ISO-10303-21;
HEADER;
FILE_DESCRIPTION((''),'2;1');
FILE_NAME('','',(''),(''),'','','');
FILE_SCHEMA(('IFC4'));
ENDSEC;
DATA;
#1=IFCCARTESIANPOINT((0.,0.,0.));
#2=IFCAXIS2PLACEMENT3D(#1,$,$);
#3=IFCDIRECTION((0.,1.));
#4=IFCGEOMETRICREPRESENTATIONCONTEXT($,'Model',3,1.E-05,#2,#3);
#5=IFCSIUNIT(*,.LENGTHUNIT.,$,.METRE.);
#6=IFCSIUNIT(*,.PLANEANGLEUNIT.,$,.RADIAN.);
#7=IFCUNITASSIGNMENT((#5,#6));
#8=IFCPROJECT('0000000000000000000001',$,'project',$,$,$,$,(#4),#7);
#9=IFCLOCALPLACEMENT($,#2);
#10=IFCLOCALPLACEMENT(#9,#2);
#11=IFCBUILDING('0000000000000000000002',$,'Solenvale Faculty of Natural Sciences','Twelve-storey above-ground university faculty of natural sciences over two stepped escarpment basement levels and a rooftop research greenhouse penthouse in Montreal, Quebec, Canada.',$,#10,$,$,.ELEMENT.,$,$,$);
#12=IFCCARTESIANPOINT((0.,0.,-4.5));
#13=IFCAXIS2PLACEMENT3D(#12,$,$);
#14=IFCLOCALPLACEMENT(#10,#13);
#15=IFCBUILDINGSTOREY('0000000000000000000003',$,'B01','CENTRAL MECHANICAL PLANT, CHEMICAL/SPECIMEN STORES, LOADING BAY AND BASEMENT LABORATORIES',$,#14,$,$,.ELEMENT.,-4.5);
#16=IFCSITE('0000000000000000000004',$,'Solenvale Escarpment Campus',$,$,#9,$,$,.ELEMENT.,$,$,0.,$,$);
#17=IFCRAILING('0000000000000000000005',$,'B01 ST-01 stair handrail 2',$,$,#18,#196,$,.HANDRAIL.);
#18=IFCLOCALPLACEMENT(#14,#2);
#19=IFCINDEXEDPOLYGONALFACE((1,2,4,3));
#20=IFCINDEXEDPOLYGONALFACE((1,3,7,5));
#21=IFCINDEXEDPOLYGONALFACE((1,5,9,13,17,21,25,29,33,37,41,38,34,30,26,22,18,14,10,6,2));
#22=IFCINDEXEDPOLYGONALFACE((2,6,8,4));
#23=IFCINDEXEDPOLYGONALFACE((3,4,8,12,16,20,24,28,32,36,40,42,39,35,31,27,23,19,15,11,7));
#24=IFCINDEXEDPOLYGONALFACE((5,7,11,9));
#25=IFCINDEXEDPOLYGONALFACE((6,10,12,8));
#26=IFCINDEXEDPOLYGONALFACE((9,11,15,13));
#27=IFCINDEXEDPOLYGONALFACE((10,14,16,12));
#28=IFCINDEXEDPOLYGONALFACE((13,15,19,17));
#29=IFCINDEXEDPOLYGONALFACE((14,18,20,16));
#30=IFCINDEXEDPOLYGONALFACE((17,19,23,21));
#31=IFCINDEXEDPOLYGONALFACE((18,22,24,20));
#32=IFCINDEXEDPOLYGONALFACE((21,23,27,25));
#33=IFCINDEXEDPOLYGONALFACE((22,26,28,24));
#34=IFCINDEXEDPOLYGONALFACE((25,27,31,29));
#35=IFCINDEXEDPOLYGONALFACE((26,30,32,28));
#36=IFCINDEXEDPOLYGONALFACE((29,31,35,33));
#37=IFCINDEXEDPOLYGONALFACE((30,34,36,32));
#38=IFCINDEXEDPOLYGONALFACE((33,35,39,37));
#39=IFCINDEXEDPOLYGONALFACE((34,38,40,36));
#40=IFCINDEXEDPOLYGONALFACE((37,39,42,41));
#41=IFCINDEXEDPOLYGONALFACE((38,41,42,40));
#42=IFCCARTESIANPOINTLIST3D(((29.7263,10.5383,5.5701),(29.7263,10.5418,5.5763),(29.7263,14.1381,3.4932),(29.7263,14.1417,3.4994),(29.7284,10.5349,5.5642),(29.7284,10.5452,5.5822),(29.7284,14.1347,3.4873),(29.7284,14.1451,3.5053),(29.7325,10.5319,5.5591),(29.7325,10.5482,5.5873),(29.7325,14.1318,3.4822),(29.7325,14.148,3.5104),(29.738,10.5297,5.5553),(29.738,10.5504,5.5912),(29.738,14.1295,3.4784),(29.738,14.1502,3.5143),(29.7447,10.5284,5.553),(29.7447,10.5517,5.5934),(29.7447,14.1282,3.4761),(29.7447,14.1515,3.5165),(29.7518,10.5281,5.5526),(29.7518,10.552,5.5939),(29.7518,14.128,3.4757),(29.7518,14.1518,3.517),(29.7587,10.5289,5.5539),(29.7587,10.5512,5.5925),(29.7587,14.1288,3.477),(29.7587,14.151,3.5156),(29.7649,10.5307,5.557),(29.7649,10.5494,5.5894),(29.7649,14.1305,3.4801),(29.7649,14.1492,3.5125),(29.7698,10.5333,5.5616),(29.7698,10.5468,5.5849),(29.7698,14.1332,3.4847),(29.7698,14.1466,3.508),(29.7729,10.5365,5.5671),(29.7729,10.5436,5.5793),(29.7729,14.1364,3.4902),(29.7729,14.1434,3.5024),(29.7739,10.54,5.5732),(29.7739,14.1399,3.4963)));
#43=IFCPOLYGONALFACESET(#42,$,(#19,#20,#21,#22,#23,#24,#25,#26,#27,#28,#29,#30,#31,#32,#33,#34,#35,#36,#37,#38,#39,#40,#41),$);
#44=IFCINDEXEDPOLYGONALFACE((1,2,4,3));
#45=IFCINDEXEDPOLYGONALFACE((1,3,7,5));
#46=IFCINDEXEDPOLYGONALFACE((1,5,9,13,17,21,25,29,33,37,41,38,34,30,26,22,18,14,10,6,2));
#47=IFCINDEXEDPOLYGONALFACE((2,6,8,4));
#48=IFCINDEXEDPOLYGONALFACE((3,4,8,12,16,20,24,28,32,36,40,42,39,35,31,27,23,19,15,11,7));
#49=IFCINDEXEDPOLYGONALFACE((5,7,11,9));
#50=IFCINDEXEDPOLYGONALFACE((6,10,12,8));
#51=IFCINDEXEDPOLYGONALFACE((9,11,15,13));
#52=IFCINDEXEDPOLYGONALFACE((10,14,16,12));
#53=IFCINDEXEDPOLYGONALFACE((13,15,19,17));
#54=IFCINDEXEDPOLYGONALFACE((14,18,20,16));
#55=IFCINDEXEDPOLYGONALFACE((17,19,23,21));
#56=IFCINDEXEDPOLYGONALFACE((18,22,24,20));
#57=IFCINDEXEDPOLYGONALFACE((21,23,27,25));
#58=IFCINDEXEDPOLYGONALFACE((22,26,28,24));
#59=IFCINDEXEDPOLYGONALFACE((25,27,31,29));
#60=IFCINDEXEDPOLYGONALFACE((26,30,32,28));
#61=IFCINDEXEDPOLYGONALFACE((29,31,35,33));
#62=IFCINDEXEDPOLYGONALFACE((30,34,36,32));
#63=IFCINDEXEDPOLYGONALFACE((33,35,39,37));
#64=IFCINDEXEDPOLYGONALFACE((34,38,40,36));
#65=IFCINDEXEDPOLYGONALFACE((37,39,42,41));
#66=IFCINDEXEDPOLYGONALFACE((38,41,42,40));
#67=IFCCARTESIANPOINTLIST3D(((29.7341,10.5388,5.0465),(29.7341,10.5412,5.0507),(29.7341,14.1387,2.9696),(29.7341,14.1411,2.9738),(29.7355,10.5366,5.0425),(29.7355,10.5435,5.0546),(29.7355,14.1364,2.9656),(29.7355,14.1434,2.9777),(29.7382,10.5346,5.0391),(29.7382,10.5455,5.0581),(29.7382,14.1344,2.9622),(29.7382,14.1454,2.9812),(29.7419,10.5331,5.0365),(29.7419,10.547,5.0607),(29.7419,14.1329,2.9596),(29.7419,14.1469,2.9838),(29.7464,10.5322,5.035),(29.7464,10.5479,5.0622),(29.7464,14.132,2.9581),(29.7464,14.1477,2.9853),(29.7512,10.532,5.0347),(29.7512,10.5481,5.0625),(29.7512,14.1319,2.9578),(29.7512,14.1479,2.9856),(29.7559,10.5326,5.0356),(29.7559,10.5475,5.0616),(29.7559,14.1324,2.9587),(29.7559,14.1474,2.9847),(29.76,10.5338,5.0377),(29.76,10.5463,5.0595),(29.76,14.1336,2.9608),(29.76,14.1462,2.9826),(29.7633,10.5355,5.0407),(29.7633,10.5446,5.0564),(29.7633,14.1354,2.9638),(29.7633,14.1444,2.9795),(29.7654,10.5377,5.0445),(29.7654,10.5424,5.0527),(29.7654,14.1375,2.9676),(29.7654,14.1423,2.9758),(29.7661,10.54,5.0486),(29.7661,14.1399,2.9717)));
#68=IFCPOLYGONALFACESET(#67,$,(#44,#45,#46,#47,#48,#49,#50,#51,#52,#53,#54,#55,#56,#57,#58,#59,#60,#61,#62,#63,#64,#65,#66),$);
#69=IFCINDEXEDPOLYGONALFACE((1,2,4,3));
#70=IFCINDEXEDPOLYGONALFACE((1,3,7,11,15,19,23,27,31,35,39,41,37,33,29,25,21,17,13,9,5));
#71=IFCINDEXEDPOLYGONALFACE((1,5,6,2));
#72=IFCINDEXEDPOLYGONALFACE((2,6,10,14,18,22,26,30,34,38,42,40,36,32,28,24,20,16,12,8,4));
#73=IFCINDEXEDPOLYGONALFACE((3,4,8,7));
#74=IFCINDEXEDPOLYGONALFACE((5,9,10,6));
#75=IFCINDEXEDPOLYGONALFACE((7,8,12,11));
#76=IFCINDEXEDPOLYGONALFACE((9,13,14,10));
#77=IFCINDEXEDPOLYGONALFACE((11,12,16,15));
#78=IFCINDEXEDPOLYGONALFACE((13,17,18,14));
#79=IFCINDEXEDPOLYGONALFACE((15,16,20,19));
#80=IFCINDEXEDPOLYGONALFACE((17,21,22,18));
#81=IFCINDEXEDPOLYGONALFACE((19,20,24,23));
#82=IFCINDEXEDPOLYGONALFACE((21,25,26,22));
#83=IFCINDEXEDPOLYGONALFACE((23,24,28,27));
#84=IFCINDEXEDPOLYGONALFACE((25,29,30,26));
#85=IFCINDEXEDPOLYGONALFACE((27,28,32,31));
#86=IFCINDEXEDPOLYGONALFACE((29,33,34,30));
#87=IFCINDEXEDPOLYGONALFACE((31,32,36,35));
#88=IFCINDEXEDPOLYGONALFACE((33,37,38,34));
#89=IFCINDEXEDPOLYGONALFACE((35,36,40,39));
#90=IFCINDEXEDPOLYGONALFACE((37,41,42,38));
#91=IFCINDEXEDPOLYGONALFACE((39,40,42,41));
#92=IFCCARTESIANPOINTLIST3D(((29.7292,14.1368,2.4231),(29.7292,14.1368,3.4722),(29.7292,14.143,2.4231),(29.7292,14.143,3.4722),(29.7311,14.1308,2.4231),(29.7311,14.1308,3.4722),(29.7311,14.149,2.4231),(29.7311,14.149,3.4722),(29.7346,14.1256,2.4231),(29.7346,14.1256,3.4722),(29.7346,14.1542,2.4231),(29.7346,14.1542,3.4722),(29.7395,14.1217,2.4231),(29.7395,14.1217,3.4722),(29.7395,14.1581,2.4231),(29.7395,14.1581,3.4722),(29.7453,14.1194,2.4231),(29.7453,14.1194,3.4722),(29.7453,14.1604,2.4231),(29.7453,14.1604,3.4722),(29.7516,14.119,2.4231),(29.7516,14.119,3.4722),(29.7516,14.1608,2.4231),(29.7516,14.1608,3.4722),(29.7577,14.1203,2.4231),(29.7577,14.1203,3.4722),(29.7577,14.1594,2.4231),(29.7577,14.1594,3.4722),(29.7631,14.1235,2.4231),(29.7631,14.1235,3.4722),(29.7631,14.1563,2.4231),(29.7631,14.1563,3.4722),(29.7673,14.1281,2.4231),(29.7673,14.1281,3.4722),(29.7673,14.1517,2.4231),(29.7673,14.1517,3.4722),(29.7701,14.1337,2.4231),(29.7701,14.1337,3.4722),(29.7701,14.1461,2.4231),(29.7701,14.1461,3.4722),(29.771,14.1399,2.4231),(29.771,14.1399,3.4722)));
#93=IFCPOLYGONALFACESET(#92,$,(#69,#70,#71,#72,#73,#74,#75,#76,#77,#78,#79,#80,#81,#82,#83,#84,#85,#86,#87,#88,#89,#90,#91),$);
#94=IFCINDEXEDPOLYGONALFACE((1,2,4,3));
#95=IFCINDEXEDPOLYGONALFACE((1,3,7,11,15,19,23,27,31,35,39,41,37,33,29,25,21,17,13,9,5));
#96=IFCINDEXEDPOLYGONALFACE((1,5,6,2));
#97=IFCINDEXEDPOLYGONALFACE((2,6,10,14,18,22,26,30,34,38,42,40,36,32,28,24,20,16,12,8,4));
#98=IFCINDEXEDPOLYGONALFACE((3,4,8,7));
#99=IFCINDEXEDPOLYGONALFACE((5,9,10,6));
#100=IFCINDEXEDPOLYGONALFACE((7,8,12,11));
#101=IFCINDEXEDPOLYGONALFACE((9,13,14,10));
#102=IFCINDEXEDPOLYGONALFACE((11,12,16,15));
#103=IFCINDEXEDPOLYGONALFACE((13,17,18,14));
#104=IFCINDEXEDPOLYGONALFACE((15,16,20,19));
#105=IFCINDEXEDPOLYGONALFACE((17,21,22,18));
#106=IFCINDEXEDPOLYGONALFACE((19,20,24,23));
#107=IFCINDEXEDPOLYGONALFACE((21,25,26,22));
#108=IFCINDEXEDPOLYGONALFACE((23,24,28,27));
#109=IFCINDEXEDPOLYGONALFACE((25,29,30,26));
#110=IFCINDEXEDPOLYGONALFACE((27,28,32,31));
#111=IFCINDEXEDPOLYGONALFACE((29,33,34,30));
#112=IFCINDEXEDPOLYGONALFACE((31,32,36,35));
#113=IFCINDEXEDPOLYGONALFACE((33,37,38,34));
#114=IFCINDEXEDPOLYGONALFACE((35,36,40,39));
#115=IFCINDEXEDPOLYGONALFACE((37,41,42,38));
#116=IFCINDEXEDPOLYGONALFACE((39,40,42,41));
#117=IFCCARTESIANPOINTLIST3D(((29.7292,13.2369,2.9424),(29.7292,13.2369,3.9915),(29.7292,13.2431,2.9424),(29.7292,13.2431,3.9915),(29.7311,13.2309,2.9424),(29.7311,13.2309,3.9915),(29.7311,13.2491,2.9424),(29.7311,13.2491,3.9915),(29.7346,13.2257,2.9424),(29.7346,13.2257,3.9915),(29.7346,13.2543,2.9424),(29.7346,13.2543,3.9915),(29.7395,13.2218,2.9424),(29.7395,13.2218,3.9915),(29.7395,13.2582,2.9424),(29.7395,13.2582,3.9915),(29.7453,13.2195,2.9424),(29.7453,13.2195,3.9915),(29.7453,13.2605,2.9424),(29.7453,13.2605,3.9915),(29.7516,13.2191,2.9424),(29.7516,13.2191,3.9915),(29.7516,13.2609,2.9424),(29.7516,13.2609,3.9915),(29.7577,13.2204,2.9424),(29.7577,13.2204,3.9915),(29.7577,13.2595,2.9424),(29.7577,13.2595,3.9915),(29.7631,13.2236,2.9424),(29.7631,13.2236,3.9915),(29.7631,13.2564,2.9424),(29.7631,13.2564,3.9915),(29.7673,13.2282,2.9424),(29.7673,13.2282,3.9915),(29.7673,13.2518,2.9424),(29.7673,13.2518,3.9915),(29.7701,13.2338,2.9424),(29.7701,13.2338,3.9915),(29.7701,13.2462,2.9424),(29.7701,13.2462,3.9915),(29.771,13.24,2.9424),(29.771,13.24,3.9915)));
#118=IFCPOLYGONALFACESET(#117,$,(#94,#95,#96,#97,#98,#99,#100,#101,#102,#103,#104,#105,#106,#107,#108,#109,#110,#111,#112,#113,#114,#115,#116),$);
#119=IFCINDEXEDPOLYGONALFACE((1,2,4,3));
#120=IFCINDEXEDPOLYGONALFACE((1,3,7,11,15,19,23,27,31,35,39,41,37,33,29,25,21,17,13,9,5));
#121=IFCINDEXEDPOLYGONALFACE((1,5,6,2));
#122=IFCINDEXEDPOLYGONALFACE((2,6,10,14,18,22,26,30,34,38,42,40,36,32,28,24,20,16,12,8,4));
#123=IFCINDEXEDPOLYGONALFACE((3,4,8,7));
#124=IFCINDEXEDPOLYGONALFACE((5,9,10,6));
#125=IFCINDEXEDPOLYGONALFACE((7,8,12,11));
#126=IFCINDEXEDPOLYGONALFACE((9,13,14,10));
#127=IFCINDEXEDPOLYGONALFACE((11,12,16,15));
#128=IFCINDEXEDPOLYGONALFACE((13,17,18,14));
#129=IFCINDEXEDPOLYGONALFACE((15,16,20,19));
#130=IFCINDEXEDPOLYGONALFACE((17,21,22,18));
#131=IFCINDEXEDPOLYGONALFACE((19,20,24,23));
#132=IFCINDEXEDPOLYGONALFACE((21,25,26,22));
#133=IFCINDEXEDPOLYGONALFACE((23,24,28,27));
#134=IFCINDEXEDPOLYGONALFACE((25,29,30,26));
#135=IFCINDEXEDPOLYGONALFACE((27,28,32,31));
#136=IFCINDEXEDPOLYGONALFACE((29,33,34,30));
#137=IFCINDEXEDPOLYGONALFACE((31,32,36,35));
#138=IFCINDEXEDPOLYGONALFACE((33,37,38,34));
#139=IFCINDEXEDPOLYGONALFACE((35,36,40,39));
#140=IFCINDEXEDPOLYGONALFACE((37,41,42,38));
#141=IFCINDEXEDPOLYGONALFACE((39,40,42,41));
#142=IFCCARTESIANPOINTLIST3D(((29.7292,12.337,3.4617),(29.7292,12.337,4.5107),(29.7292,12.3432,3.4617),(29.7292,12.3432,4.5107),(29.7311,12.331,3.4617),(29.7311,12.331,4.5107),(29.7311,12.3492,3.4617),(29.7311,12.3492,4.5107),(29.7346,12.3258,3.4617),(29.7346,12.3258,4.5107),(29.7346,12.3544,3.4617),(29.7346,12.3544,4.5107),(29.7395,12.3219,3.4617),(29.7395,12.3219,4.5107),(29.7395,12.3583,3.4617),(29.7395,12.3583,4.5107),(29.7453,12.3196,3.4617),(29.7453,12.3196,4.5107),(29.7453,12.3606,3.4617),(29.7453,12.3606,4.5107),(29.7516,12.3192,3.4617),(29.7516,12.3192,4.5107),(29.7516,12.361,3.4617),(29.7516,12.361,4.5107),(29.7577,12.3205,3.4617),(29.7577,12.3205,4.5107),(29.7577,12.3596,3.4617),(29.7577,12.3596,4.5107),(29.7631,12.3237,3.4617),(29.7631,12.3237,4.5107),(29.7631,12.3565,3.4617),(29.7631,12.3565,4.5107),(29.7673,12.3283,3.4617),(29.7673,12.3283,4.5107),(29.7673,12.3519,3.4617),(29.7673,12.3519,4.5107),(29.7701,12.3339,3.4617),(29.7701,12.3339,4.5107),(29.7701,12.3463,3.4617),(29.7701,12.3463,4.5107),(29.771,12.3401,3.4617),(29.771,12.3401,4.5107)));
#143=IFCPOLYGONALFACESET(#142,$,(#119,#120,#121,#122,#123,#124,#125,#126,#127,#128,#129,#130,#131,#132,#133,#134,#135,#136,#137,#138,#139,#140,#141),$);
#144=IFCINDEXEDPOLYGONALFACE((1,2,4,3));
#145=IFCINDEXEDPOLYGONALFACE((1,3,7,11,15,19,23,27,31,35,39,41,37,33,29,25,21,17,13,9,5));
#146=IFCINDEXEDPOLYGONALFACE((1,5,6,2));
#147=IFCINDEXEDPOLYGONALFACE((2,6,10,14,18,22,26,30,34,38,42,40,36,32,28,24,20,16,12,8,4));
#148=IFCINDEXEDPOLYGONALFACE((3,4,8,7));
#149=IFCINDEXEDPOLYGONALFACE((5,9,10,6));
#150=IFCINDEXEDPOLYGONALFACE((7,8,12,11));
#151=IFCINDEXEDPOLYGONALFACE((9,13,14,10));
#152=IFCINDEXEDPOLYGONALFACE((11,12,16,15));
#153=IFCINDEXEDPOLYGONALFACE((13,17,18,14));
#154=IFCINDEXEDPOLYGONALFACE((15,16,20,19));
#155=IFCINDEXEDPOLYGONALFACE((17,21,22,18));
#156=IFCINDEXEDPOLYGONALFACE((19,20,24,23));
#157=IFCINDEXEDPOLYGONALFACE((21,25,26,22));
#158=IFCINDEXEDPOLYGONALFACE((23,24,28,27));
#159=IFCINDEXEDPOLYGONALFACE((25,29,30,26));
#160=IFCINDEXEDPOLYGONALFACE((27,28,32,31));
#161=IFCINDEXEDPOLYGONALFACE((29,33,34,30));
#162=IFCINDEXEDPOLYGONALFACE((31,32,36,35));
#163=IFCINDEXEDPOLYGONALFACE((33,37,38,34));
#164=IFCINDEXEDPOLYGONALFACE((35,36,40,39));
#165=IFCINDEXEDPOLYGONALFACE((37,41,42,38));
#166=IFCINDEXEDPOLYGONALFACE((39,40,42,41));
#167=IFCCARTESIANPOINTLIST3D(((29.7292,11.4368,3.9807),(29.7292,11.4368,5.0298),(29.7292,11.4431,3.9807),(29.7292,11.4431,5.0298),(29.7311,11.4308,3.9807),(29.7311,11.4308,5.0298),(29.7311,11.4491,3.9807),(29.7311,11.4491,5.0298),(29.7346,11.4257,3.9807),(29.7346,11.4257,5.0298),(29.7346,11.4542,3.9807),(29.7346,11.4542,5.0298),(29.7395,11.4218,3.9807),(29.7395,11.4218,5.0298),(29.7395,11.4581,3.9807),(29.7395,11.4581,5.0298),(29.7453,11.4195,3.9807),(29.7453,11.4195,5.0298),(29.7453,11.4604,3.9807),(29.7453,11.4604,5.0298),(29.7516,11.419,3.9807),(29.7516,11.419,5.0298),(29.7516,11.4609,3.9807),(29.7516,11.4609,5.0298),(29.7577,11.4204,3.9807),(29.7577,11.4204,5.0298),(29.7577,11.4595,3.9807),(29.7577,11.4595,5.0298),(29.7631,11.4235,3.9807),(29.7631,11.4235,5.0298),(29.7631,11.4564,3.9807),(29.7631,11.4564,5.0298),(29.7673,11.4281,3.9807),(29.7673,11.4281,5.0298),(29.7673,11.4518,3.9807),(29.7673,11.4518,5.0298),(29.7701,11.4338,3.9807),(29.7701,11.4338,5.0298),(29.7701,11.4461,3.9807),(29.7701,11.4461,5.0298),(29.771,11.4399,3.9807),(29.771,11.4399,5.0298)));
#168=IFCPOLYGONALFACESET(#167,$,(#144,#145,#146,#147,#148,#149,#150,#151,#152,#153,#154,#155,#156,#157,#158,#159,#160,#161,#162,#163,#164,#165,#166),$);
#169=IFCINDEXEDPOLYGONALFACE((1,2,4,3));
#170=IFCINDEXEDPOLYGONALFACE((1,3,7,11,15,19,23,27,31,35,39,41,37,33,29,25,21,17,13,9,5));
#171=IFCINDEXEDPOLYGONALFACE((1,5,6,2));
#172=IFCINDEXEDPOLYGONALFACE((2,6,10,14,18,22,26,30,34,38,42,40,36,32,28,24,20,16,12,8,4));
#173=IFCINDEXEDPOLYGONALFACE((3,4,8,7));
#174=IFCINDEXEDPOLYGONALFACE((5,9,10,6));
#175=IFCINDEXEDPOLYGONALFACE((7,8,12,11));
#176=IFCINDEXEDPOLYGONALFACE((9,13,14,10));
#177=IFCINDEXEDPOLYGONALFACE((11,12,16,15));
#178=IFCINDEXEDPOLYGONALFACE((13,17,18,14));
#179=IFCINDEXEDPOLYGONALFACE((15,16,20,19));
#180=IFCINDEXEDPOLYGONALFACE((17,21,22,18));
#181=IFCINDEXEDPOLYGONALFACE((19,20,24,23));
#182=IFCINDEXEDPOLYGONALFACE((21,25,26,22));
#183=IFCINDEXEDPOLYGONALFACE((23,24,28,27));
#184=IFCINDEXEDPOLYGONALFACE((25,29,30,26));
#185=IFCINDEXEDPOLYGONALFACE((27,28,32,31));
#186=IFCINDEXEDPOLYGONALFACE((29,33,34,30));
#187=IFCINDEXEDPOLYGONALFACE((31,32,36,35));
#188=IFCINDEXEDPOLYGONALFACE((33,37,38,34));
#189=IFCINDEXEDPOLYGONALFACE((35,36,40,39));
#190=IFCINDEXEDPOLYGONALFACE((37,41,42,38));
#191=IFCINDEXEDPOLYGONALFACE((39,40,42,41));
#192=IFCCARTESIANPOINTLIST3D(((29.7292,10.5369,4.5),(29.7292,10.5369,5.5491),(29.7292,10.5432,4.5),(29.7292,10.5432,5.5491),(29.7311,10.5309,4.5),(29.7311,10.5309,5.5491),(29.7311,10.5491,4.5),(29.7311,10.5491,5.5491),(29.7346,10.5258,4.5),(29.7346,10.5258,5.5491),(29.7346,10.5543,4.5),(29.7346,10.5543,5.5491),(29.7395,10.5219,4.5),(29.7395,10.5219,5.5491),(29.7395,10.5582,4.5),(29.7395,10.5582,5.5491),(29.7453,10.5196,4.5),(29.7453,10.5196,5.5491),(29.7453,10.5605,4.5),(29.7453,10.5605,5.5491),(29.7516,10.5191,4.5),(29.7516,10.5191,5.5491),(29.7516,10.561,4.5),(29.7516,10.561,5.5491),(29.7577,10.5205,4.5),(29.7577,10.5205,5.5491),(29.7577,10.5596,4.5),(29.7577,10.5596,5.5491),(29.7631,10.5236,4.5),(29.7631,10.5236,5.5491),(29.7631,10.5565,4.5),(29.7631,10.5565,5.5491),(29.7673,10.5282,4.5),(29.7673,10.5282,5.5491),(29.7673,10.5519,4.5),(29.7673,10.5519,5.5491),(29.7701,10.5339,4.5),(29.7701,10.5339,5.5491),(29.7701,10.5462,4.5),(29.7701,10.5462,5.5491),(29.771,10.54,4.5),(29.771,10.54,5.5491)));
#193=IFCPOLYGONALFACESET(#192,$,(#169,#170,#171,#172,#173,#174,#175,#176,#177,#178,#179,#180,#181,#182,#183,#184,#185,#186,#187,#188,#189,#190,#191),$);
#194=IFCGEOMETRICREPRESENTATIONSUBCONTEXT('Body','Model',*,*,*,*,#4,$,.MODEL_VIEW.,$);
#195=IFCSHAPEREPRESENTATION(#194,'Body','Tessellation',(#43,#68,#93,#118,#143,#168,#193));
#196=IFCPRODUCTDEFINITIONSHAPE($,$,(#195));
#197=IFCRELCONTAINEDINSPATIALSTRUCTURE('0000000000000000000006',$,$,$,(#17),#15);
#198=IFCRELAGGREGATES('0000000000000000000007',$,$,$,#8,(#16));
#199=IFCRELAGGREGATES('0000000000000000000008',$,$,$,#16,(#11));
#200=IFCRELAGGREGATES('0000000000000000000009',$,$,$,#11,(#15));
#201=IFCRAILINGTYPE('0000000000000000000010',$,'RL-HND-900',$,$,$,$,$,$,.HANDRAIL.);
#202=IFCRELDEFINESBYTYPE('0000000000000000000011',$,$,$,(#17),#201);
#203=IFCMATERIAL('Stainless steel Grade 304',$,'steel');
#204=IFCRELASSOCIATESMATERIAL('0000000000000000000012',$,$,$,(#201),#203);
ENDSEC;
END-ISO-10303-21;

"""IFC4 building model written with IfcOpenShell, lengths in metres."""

from ifc_helpers import new_model, si_unit, direction, frame, origin, origin_2d, place, context, subcontext, project, spatial, circle, extrude, material, type_object, element, save


model = new_model("IFC4")

# Units and contexts
model_context = context("Model", 3, precision=1e-05, world=origin(), true_north=direction((0.0, 1.0)))
body_context = subcontext(model_context, "Body", "Model", "MODEL_VIEW")
ifc_project = project(units=[si_unit("LENGTHUNIT", "METRE"), si_unit("PLANEANGLEUNIT", "RADIAN")], contexts=[model_context])

# Site, building, storey
site_placement = place(None, origin())
site = spatial("IfcSite", under=ifc_project, at=site_placement, Name="Solenvale Escarpment Campus", CompositionType="ELEMENT", RefElevation=0.0)
building_placement = place(site_placement, origin())
building = spatial("IfcBuilding", under=site, at=building_placement, Name="Solenvale Faculty of Natural Sciences", Description="Twelve-storey above-ground university faculty of natural sciences over two stepped escarpment basement levels and a rooftop research greenhouse penthouse in Montreal, Quebec, Canada.", CompositionType="ELEMENT")
storey_placement = place(building_placement, frame((0.0, 0.0, -4.5)))
storey = spatial("IfcBuildingStorey", under=building, at=storey_placement, Name="B01", Description="CENTRAL MECHANICAL PLANT, CHEMICAL/SPECIMEN STORES, LOADING BAY AND BASEMENT LABORATORIES", CompositionType="ELEMENT", Elevation=-4.5)

# Railing
ifc_material_1 = material(Name="Stainless steel Grade 304", Category="steel")
railing_type_1 = type_object("IfcRailingType", Name="RL-HND-900", PredefinedType="HANDRAIL", material=ifc_material_1)
railing_1_placement = place(storey_placement, frame((29.75, 14.1399, 2.4231)))
element("IfcRailing", 1, at=railing_1_placement, inside=storey, type_object=railing_type_1, Name="B01 ST-01 stair handrail 2", PredefinedType="HANDRAIL", context=body_context, shape_type="SweptSolid", body=[
    extrude(circle(Radius=0.0239, at=origin_2d()), frame((0.0, 0.0, 1.0732), z_axis=(0.0, -0.866179, 0.499734), x_axis=(1.0, 0.0, 0.0)), (0.0, 0.0, 1.0), 4.156),
    extrude(circle(Radius=0.0161, at=origin_2d()), frame((0.0, 0.0, 0.5486), z_axis=(0.0, -0.866179, 0.499734), x_axis=(1.0, 0.0, 0.0)), (0.0, 0.0, 1.0), 4.156),
    extrude(circle(Radius=0.021, at=origin_2d()), origin(), (0.0, 0.0, 1.0), 1.0491),
    extrude(circle(Radius=0.021, at=origin_2d()), frame((0.0, -0.8999, 0.5193)), (0.0, 0.0, 1.0), 1.0491),
    extrude(circle(Radius=0.021, at=origin_2d()), frame((0.0, -1.7998, 1.0386)), (0.0, 0.0, 1.0), 1.0491),
    extrude(circle(Radius=0.021, at=origin_2d()), frame((0.0, -2.7, 1.5576)), (0.0, 0.0, 1.0), 1.0491),
    extrude(circle(Radius=0.021, at=origin_2d()), frame((0.0, -3.5999, 2.0769)), (0.0, 0.0, 1.0), 1.0491),
])

save(model, "model.ifc")
